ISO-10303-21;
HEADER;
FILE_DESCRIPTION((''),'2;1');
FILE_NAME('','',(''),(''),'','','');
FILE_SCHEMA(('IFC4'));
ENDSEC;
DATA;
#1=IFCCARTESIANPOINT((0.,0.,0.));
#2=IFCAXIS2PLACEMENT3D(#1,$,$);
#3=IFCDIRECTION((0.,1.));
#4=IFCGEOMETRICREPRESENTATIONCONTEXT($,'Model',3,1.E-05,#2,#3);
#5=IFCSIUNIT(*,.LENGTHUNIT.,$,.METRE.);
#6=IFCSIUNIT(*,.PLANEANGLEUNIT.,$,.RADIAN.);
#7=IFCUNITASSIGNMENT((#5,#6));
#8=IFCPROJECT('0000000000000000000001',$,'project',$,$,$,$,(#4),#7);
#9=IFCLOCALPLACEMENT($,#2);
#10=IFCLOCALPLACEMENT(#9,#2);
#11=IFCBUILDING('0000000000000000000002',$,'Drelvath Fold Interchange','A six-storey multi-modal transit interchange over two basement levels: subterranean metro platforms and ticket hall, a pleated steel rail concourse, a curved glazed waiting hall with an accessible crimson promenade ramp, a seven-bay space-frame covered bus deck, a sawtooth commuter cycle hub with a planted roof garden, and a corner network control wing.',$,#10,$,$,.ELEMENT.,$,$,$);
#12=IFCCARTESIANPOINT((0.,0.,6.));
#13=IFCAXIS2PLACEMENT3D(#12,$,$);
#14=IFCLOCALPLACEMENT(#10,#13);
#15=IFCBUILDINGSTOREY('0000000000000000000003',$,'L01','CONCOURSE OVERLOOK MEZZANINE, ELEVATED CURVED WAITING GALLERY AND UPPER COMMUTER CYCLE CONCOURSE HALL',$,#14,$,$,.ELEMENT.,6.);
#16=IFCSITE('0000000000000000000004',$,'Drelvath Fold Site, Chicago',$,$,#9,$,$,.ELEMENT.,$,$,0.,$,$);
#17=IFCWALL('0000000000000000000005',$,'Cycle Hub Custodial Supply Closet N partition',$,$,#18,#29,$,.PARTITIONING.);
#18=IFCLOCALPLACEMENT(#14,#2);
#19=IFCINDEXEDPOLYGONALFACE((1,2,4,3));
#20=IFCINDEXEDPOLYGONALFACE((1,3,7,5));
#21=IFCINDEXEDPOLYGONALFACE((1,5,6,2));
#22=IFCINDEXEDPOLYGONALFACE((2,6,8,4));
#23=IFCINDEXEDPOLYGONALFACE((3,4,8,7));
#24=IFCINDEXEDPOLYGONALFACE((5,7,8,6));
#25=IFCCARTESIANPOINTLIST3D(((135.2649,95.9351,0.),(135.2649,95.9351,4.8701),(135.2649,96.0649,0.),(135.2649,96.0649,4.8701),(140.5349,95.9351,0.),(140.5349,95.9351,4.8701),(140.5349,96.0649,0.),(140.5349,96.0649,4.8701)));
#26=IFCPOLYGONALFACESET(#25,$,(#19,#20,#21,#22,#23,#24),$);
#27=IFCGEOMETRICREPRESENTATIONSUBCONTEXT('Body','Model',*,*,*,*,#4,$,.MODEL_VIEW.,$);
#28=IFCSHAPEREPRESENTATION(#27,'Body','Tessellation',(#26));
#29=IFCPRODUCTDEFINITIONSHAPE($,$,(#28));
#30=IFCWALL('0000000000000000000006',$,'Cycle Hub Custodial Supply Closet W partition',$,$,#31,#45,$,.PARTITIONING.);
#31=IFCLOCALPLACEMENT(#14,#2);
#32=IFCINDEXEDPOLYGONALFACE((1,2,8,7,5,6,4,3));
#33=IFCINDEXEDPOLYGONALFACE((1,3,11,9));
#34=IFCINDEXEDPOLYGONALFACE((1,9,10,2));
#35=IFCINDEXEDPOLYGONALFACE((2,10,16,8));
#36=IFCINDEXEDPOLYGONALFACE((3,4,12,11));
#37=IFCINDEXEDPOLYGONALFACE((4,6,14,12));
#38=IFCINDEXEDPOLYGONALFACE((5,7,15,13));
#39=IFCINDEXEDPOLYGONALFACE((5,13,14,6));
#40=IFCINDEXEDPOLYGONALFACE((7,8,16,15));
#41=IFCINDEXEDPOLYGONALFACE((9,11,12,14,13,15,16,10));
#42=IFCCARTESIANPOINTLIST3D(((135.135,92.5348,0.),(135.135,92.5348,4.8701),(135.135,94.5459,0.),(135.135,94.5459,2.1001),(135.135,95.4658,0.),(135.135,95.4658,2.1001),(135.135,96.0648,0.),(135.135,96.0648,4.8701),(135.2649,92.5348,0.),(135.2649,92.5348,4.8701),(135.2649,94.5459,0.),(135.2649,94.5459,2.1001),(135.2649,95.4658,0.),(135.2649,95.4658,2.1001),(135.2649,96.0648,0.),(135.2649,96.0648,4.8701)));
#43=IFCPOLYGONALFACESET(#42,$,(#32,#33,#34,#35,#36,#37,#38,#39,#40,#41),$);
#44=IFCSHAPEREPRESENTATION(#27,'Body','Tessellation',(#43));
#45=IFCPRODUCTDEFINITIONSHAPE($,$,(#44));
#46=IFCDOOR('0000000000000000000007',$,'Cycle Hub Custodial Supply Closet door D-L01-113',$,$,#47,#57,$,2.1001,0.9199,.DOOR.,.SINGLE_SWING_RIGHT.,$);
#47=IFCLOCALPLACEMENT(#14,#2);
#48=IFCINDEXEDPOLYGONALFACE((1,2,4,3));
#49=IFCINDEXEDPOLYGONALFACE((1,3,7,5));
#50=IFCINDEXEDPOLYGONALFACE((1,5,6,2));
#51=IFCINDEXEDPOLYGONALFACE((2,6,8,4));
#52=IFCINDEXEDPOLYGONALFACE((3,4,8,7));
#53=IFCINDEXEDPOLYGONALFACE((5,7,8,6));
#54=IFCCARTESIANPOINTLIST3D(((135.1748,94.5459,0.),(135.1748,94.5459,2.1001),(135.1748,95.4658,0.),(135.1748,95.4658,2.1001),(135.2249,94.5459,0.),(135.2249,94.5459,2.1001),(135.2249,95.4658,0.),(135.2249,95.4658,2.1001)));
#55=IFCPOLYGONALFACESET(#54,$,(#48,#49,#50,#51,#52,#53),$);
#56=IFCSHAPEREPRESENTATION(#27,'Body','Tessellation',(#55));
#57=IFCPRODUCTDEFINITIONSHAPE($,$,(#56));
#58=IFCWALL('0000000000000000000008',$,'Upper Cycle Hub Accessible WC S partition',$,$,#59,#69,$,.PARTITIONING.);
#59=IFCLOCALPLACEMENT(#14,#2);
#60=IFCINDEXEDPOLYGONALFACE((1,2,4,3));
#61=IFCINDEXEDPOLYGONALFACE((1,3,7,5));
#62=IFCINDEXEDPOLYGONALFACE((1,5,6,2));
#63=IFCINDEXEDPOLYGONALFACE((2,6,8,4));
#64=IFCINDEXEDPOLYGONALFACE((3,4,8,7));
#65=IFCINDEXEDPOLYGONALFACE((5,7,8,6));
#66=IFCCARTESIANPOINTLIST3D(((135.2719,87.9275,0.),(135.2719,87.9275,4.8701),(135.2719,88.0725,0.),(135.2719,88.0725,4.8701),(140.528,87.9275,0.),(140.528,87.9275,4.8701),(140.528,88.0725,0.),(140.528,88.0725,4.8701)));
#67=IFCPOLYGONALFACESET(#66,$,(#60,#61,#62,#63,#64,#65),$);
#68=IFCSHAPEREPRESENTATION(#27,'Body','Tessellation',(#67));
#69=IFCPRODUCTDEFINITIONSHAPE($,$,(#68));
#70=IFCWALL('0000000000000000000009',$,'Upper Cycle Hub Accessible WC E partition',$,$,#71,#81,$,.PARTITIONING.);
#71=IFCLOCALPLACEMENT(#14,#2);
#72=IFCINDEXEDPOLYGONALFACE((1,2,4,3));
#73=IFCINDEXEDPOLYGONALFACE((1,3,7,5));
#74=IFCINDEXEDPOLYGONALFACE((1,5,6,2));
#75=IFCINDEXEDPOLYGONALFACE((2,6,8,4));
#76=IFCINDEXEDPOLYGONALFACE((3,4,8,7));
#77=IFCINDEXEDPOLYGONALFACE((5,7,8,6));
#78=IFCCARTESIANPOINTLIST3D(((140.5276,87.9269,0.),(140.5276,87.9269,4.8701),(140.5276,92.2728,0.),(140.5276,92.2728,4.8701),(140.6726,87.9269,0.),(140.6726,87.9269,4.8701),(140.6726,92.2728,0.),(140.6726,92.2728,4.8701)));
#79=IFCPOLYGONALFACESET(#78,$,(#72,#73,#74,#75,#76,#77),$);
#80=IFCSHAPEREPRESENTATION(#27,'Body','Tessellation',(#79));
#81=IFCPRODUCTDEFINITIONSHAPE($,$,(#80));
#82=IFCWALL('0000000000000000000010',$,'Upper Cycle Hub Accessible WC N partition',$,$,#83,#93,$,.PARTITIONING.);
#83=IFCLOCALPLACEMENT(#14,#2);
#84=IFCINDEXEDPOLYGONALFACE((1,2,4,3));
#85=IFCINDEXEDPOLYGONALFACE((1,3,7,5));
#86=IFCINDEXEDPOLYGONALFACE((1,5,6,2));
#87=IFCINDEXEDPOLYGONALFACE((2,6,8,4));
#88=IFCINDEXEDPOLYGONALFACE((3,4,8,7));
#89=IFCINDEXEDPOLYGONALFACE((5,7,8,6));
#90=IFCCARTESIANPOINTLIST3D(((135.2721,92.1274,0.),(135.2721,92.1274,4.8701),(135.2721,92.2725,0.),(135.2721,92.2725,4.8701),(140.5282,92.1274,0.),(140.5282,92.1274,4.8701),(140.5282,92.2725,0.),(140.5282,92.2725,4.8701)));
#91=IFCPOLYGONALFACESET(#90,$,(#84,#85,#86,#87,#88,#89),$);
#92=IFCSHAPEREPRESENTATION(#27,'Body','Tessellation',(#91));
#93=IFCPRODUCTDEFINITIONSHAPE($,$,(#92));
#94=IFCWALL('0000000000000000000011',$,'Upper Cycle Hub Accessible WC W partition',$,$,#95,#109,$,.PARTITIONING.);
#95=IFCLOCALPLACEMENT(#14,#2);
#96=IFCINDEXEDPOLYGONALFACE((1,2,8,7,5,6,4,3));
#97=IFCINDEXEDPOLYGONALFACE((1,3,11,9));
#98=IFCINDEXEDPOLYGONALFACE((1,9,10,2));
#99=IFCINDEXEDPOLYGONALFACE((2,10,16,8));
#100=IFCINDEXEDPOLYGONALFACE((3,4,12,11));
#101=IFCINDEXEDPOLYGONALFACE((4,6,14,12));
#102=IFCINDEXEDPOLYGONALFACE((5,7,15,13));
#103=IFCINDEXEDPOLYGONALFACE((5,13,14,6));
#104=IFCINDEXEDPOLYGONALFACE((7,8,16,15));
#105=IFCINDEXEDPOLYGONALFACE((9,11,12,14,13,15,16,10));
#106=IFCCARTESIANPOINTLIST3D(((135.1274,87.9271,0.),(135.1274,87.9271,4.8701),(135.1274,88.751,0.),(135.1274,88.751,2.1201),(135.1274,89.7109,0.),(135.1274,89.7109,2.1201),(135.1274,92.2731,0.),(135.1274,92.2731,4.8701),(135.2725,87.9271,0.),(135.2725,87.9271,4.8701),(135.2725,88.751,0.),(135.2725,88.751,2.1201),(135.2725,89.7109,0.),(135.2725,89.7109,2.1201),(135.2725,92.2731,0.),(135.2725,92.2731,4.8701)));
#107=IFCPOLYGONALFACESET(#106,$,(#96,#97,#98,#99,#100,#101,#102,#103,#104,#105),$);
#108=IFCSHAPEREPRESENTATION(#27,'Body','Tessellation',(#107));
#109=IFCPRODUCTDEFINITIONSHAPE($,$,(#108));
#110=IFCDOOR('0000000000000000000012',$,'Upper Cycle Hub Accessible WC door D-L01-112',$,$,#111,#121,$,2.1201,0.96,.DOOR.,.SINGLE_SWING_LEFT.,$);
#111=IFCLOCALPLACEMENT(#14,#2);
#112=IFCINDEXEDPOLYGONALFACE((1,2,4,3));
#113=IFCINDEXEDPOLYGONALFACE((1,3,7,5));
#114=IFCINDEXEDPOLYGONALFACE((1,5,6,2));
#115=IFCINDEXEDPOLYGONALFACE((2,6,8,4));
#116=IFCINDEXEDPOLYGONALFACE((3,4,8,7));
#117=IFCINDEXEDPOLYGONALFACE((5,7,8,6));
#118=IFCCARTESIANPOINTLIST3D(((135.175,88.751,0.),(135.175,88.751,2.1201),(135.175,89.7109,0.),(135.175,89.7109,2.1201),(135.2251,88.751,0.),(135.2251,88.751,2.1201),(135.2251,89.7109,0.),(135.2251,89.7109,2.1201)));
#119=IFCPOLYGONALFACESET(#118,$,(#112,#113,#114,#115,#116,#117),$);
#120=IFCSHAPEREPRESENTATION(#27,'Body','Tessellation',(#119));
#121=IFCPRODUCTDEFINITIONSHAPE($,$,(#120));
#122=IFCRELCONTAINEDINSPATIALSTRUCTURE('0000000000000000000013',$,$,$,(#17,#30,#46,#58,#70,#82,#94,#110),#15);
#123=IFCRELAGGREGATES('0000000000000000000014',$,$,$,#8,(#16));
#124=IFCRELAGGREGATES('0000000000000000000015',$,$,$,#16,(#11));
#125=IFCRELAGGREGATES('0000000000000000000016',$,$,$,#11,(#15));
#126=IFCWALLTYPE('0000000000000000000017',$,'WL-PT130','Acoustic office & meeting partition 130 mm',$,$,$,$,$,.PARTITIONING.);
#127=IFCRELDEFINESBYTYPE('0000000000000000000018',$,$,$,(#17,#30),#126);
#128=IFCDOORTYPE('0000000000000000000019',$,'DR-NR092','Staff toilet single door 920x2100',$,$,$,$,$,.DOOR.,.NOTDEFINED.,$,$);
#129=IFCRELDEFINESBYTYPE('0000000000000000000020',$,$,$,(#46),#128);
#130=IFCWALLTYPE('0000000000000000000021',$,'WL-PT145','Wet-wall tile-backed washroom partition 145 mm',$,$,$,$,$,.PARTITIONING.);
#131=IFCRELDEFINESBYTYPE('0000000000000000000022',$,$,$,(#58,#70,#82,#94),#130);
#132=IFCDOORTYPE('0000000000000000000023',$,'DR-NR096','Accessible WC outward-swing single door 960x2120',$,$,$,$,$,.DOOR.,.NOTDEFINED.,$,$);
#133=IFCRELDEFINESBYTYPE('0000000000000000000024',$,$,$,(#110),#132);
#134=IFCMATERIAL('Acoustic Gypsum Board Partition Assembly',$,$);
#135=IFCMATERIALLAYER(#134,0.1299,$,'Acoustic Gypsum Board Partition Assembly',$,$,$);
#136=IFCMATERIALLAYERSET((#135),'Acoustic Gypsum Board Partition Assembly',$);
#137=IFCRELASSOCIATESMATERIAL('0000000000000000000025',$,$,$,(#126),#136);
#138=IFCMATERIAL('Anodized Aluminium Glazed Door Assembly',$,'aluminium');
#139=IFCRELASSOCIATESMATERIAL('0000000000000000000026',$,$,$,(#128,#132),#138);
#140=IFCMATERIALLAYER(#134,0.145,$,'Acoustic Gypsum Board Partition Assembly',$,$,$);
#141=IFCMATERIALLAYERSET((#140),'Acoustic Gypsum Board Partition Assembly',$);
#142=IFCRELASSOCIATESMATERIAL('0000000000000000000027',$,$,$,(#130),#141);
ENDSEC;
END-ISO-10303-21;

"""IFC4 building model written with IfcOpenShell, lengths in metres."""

from ifc_helpers import new_model, si_unit, direction, frame, frame_2d, origin, place, context, subcontext, project, spatial, rectangle, extrude, material, layer, layer_set, type_object, element, fill, save


model = new_model("IFC4")

# Units and contexts
model_context = context("Model", 3, precision=1e-05, world=origin(), true_north=direction((0.0, 1.0)))
body_context = subcontext(model_context, "Body", "Model", "MODEL_VIEW")
ifc_project = project(units=[si_unit("LENGTHUNIT", "METRE"), si_unit("PLANEANGLEUNIT", "RADIAN")], contexts=[model_context])

# Site, building, storey
site_placement = place(None, origin())
site = spatial("IfcSite", under=ifc_project, at=site_placement, Name="Drelvath Fold Site, Chicago", CompositionType="ELEMENT", RefElevation=0.0)
building_placement = place(site_placement, origin())
building = spatial("IfcBuilding", under=site, at=building_placement, Name="Drelvath Fold Interchange", Description="A six-storey multi-modal transit interchange over two basement levels: subterranean metro platforms and ticket hall, a pleated steel rail concourse, a curved glazed waiting hall with an accessible crimson promenade ramp, a seven-bay space-frame covered bus deck, a sawtooth commuter cycle hub with a planted roof garden, and a corner network control wing.", CompositionType="ELEMENT")
storey_placement = place(building_placement, frame((0.0, 0.0, 6.0)))
storey = spatial("IfcBuildingStorey", under=building, at=storey_placement, Name="L01", Description="CONCOURSE OVERLOOK MEZZANINE, ELEVATED CURVED WAITING GALLERY AND UPPER COMMUTER CYCLE CONCOURSE HALL", CompositionType="ELEMENT", Elevation=6.0)

# Wall
ifc_material_1 = material(Name="Acoustic Gypsum Board Partition Assembly")
ifc_layer_1 = layer(ifc_material_1, 0.1299, Name="Acoustic Gypsum Board Partition Assembly")
ifc_layer_set_1 = layer_set([ifc_layer_1], Name="Acoustic Gypsum Board Partition Assembly")
wall_type_1 = type_object("IfcWallType", Name="WL-PT130", Description="Acoustic office & meeting partition 130 mm", PredefinedType="PARTITIONING", material=ifc_layer_set_1)
wall_1_placement = place(storey_placement, frame((140.5349, 96.0, 0.0), z_axis=(0.0, 0.0, 1.0), x_axis=(-1.0, 0.0, 0.0)))
element("IfcWall", 1, at=wall_1_placement, inside=storey, type_object=wall_type_1, Name="Cycle Hub Custodial Supply Closet N partition", PredefinedType="PARTITIONING", context=body_context, shape_type="SweptSolid", body=[
    extrude(rectangle(XDim=5.27, YDim=0.1299, at=frame_2d((2.635, 0.0))), origin(), (0.0, 0.0, 1.0), 4.8701),
])

# Wall, opening, door
wall_2_placement = place(storey_placement, frame((135.2, 96.0649, 0.0), z_axis=(0.0, 0.0, 1.0), x_axis=(0.0, -1.0, 0.0)))
wall_2 = element("IfcWall", 2, at=wall_2_placement, inside=storey, type_object=wall_type_1, Name="Cycle Hub Custodial Supply Closet W partition", PredefinedType="PARTITIONING", context=body_context, shape_type="SweptSolid", body=[
    extrude(rectangle(XDim=3.53, YDim=0.1299, at=frame_2d((1.7651, 0.0))), origin(), (0.0, 0.0, 1.0), 4.8701),
])
opening_1_placement = place(wall_2_placement, frame((0.5991, 0.0, 0.0)))
opening_1 = element("IfcOpeningElement", 3, at=opening_1_placement, cuts=wall_2, PredefinedType="OPENING", context=body_context, shape_type="SweptSolid", body=[
    extrude(rectangle(XDim=0.9199, YDim=2.1001, at=frame_2d((0.46, 1.05))), frame((0.0, 0.075, 0.0), z_axis=(0.0, -1.0, 0.0), x_axis=(1.0, 0.0, 0.0)), (0.0, 0.0, 1.0), 0.1499),
])
ifc_material_2 = material(Name="Anodized Aluminium Glazed Door Assembly", Category="aluminium")
door_type_1 = type_object("IfcDoorType", Name="DR-NR092", Description="Staff toilet single door 920x2100", OperationType="NOTDEFINED", PredefinedType="DOOR", material=ifc_material_2)
door_1_placement = place(opening_1_placement, origin())
door_1 = element("IfcDoor", 4, at=door_1_placement, inside=storey, type_object=door_type_1, Name="Cycle Hub Custodial Supply Closet door D-L01-113", OperationType="SINGLE_SWING_RIGHT", OverallHeight=2.1001, OverallWidth=0.9199, PredefinedType="DOOR", context=body_context, shape_type="SweptSolid", body=[
    extrude(rectangle(XDim=0.9199, YDim=2.1001, at=frame_2d((0.46, 1.05))), frame((0.0, 0.0249, 0.0), z_axis=(0.0, -1.0, 0.0), x_axis=(1.0, 0.0, 0.0)), (0.0, 0.0, 1.0), 0.05),
])
fill(opening_1, door_1)

# Walls
ifc_layer_2 = layer(ifc_material_1, 0.145, Name="Acoustic Gypsum Board Partition Assembly")
ifc_layer_set_2 = layer_set([ifc_layer_2], Name="Acoustic Gypsum Board Partition Assembly")
wall_type_2 = type_object("IfcWallType", Name="WL-PT145", Description="Wet-wall tile-backed washroom partition 145 mm", PredefinedType="PARTITIONING", material=ifc_layer_set_2)
wall_3_placement = place(storey_placement, frame((135.272, 88.0, 0.0), z_axis=(0.0, 0.0, 1.0), x_axis=(1.0, 0.0, 0.0)))
element("IfcWall", 5, at=wall_3_placement, inside=storey, type_object=wall_type_2, Name="Upper Cycle Hub Accessible WC S partition", PredefinedType="PARTITIONING", context=body_context, shape_type="SweptSolid", body=[
    extrude(rectangle(XDim=5.2561, YDim=0.145, at=frame_2d((2.6279, 0.0))), origin(), (0.0, 0.0, 1.0), 4.8701),
])
wall_4_placement = place(storey_placement, frame((140.6001, 87.927, 0.0), z_axis=(0.0, 0.0, 1.0), x_axis=(0.0, 1.0, 0.0)))
element("IfcWall", 6, at=wall_4_placement, inside=storey, type_object=wall_type_2, Name="Upper Cycle Hub Accessible WC E partition", PredefinedType="PARTITIONING", context=body_context, shape_type="SweptSolid", body=[
    extrude(rectangle(XDim=4.3459, YDim=0.145, at=frame_2d((2.1729, 0.0))), origin(), (0.0, 0.0, 1.0), 4.8701),
])
wall_5_placement = place(storey_placement, frame((140.5281, 92.2, 0.0), z_axis=(0.0, 0.0, 1.0), x_axis=(-1.0, 0.0, 0.0)))
element("IfcWall", 7, at=wall_5_placement, inside=storey, type_object=wall_type_2, Name="Upper Cycle Hub Accessible WC N partition", PredefinedType="PARTITIONING", context=body_context, shape_type="SweptSolid", body=[
    extrude(rectangle(XDim=5.2561, YDim=0.145, at=frame_2d((2.6279, 0.0))), origin(), (0.0, 0.0, 1.0), 4.8701),
])

# Wall, opening, door
wall_6_placement = place(storey_placement, frame((135.2, 92.2729, 0.0), z_axis=(0.0, 0.0, 1.0), x_axis=(0.0, -1.0, 0.0)))
wall_6 = element("IfcWall", 8, at=wall_6_placement, inside=storey, type_object=wall_type_2, Name="Upper Cycle Hub Accessible WC W partition", PredefinedType="PARTITIONING", context=body_context, shape_type="SweptSolid", body=[
    extrude(rectangle(XDim=4.3459, YDim=0.145, at=frame_2d((2.1729, 0.0))), origin(), (0.0, 0.0, 1.0), 4.8701),
])
opening_2_placement = place(wall_6_placement, frame((2.562, 0.0, 0.0)))
opening_2 = element("IfcOpeningElement", 9, at=opening_2_placement, cuts=wall_6, PredefinedType="OPENING", context=body_context, shape_type="SweptSolid", body=[
    extrude(rectangle(XDim=0.96, YDim=2.1201, at=frame_2d((0.48, 1.0601))), frame((0.0, 0.0825, 0.0), z_axis=(0.0, -1.0, 0.0), x_axis=(1.0, 0.0, 0.0)), (0.0, 0.0, 1.0), 0.165),
])
door_type_2 = type_object("IfcDoorType", Name="DR-NR096", Description="Accessible WC outward-swing single door 960x2120", OperationType="NOTDEFINED", PredefinedType="DOOR", material=ifc_material_2)
door_2_placement = place(opening_2_placement, frame((0.96, 0.0, 0.0), z_axis=(0.0, 0.0, 1.0), x_axis=(-1.0, 0.0, 0.0)))
door_2 = element("IfcDoor", 10, at=door_2_placement, inside=storey, type_object=door_type_2, Name="Upper Cycle Hub Accessible WC door D-L01-112", OperationType="SINGLE_SWING_LEFT", OverallHeight=2.1201, OverallWidth=0.96, PredefinedType="DOOR", context=body_context, shape_type="SweptSolid", body=[
    extrude(rectangle(XDim=0.96, YDim=2.1201, at=frame_2d((0.48, 1.0601))), frame((0.0, 0.0249, 0.0), z_axis=(0.0, -1.0, 0.0), x_axis=(1.0, 0.0, 0.0)), (0.0, 0.0, 1.0), 0.05),
])
fill(opening_2, door_2)

save(model, "model.ifc")
